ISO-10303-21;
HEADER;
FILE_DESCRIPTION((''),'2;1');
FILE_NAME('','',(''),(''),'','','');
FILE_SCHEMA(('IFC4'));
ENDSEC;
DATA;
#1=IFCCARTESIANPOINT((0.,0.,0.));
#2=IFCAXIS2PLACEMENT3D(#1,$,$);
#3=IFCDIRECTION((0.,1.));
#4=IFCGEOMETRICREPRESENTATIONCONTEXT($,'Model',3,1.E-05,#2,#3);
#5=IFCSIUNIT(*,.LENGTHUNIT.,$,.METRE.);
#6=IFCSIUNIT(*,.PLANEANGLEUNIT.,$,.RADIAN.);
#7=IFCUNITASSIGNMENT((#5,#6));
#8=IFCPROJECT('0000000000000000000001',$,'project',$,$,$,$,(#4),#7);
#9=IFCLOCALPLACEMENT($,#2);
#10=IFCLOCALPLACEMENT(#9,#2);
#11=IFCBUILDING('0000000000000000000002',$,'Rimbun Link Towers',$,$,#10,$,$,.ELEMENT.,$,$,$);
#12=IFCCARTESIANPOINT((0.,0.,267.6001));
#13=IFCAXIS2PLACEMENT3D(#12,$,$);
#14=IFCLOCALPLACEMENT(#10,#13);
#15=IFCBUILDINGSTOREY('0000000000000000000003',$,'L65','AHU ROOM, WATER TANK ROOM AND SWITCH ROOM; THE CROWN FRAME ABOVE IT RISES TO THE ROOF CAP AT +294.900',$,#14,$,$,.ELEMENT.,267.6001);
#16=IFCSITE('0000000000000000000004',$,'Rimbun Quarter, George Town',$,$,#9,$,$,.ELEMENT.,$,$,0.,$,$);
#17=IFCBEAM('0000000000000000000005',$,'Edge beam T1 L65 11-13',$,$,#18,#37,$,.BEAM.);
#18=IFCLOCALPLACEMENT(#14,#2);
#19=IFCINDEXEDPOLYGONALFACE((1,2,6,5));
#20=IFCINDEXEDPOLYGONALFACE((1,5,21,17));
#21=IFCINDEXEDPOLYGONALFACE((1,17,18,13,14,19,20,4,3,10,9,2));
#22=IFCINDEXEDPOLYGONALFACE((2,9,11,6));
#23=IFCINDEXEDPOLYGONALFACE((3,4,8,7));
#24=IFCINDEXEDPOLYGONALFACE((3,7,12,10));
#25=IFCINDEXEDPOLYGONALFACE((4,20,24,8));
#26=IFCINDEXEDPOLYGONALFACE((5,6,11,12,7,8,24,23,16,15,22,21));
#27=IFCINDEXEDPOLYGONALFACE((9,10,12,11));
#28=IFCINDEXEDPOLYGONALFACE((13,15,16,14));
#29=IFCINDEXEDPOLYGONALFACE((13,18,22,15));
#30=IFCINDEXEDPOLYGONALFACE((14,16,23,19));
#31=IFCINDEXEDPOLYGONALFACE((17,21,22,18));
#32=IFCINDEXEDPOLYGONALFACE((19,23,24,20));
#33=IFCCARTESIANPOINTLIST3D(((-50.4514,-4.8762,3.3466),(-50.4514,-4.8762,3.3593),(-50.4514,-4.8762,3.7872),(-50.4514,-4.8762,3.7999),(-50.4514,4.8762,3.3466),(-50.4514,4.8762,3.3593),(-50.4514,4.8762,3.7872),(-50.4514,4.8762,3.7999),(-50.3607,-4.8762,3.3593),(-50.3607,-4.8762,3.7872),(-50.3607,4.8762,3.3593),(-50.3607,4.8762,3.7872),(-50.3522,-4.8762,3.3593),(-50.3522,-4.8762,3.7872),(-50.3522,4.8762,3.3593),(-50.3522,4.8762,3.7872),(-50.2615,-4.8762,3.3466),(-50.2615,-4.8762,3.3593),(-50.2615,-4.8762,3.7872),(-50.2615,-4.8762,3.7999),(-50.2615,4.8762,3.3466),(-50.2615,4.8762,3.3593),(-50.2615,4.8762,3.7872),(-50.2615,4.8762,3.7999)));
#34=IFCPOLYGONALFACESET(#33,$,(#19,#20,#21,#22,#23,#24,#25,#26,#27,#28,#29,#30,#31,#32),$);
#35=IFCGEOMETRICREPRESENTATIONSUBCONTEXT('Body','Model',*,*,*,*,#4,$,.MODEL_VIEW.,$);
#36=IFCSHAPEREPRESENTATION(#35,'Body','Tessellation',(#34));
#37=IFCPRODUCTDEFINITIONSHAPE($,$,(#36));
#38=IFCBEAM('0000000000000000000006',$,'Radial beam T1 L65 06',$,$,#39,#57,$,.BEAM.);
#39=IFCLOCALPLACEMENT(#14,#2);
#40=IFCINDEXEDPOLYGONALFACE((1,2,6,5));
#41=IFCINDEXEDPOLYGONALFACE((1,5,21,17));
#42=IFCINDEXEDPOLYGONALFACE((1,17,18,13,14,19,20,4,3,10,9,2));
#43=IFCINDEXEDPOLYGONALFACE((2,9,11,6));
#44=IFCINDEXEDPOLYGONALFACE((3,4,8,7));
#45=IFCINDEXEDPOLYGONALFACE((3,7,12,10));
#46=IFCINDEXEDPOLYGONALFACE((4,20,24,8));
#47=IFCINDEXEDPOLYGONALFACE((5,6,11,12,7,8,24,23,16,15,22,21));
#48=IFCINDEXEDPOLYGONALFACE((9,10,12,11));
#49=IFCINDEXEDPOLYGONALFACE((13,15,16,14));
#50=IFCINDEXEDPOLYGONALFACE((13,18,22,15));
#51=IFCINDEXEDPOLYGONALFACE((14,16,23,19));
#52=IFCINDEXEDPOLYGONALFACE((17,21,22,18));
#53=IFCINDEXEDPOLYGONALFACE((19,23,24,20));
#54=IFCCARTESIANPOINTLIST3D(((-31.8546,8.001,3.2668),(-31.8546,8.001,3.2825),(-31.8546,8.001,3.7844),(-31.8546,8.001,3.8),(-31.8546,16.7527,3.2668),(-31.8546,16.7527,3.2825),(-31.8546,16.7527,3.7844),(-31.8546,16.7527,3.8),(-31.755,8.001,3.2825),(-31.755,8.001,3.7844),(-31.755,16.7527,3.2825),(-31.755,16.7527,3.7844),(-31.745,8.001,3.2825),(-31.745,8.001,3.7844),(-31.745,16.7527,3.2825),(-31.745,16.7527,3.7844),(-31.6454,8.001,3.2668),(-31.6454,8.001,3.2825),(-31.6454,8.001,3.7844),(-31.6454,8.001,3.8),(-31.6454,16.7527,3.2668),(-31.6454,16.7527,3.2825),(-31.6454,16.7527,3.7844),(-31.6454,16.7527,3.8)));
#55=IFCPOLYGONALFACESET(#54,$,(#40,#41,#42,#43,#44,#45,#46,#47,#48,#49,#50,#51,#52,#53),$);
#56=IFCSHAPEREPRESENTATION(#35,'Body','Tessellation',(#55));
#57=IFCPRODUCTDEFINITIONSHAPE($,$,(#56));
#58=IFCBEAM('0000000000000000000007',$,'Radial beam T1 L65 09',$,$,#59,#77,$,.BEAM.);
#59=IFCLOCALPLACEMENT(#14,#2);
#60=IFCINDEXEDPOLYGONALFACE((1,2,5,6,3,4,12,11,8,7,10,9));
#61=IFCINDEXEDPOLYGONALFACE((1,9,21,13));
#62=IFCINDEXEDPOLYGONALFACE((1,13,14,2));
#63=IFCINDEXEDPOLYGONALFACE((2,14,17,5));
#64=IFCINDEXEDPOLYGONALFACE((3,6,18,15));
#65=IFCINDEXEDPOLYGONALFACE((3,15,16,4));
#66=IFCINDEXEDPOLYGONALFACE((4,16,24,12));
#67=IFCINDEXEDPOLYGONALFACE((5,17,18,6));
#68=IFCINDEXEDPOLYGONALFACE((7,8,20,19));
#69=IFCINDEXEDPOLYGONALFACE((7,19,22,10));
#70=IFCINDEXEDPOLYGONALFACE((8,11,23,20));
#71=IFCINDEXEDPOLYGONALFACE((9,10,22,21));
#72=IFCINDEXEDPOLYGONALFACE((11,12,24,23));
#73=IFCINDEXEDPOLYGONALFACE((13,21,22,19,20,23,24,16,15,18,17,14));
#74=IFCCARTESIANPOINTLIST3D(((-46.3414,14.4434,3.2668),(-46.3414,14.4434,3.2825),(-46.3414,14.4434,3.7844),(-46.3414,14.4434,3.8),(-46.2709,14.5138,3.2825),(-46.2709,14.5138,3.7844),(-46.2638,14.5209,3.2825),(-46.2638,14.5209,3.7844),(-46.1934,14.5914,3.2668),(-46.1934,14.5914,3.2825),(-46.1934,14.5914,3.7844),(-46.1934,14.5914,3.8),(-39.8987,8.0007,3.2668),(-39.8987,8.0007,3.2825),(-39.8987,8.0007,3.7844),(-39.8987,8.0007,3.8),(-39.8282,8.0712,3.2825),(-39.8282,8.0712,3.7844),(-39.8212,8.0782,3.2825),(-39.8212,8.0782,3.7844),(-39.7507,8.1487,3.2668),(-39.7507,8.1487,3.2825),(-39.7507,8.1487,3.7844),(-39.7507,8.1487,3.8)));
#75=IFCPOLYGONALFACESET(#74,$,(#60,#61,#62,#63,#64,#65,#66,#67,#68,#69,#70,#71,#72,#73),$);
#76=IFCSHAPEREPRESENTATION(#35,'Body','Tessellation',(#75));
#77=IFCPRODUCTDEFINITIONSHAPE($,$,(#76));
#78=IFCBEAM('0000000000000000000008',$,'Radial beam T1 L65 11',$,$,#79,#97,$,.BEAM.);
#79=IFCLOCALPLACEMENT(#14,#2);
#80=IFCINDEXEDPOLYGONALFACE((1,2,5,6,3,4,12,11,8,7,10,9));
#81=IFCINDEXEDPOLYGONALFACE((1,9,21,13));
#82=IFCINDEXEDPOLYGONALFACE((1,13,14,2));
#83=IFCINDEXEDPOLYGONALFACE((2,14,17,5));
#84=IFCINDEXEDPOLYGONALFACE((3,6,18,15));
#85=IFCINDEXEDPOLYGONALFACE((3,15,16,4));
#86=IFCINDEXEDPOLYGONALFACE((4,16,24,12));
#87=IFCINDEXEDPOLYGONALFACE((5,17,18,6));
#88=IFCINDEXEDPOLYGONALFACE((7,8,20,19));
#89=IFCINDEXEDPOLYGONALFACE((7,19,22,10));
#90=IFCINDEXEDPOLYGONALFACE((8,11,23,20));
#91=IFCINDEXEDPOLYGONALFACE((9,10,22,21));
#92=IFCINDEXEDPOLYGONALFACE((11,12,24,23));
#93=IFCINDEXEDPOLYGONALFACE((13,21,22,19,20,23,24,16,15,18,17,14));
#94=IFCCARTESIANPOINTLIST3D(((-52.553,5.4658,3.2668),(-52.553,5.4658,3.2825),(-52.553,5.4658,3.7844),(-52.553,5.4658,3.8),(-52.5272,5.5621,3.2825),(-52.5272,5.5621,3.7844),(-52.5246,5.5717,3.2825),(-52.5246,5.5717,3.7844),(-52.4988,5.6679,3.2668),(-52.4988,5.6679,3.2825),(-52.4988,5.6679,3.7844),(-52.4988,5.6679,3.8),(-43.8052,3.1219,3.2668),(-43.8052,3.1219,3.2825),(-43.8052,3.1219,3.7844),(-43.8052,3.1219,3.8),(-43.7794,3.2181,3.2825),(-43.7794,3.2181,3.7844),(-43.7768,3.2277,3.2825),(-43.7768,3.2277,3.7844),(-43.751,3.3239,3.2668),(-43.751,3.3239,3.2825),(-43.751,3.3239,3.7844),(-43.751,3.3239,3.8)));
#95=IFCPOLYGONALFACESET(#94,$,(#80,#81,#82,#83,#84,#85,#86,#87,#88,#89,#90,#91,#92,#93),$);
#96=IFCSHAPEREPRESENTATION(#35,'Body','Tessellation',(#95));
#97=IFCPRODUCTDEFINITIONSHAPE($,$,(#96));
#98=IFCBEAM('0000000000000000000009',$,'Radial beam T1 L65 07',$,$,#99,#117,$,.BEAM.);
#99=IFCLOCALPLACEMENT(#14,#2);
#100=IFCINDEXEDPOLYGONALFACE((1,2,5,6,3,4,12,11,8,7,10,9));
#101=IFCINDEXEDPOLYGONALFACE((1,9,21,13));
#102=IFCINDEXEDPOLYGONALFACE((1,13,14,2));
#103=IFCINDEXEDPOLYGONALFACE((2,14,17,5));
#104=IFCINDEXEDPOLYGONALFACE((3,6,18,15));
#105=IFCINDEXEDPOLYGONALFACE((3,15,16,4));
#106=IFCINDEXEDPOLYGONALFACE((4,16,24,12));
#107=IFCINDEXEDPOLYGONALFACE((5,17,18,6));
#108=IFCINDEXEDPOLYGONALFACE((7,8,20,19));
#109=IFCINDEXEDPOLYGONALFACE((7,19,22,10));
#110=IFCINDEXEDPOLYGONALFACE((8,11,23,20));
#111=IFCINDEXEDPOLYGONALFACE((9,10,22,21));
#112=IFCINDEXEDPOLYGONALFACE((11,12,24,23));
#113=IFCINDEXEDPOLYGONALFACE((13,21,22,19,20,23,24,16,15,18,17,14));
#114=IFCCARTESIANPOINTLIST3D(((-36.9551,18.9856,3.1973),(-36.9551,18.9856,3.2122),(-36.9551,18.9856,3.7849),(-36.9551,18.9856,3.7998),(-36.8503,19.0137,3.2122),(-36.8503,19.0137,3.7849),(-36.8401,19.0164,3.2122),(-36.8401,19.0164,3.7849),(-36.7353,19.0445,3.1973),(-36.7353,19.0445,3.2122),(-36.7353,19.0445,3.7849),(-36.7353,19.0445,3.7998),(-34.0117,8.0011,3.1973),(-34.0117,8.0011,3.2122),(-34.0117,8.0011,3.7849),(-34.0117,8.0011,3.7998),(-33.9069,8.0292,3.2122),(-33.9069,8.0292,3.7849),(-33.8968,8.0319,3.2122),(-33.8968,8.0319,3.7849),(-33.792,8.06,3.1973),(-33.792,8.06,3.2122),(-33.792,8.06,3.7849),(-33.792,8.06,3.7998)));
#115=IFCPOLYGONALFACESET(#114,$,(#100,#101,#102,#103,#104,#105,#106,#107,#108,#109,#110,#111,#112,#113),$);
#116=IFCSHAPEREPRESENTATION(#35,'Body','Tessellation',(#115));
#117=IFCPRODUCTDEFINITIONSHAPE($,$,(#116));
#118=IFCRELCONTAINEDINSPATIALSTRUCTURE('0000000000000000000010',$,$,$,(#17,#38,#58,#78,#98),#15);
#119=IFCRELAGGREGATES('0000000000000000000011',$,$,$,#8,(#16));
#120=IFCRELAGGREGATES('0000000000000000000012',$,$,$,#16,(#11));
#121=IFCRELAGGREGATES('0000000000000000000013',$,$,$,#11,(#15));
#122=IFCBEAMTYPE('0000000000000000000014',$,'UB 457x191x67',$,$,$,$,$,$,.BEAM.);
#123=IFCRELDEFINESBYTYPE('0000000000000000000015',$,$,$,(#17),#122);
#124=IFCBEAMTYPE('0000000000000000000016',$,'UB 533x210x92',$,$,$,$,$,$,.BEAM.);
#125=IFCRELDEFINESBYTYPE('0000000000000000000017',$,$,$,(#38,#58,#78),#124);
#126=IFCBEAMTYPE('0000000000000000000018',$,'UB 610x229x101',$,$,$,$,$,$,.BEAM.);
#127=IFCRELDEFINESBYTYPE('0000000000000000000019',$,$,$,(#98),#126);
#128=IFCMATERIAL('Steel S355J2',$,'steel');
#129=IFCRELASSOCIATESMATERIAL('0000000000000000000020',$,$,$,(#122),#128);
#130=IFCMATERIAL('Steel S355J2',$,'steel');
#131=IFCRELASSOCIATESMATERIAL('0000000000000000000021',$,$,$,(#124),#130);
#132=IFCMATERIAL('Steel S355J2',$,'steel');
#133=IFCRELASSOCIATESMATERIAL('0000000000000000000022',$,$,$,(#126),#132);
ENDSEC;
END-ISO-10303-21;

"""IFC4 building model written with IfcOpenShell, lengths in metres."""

from ifc_helpers import new_model, si_unit, direction, frame, origin, origin_2d, place, context, subcontext, project, spatial, i_section, extrude, material, material_profile, profile_set, type_object, element, save


model = new_model("IFC4")

# Units and contexts
model_context = context("Model", 3, precision=1e-05, world=origin(), true_north=direction((0.0, 1.0)))
body_context = subcontext(model_context, "Body", "Model", "MODEL_VIEW")
ifc_project = project(units=[si_unit("LENGTHUNIT", "METRE"), si_unit("PLANEANGLEUNIT", "RADIAN")], contexts=[model_context])

# Site, building, storey
site_placement = place(None, origin())
site = spatial("IfcSite", under=ifc_project, at=site_placement, Name="Rimbun Quarter, George Town", CompositionType="ELEMENT", RefElevation=0.0)
building_placement = place(site_placement, origin())
building = spatial("IfcBuilding", under=site, at=building_placement, Name="Rimbun Link Towers", CompositionType="ELEMENT")
storey_placement = place(building_placement, frame((0.0, 0.0, 267.6001)))
storey = spatial("IfcBuildingStorey", under=building, at=storey_placement, Name="L65", Description="AHU ROOM, WATER TANK ROOM AND SWITCH ROOM; THE CROWN FRAME ABOVE IT RISES TO THE ROOF CAP AT +294.900", CompositionType="ELEMENT", Elevation=267.6001)

# Beams
ifc_material_1 = material(Name="Steel S355J2", Category="steel")
ifc_material_profile_1 = material_profile(ifc_material_1, i_section(OverallWidth=0.1899, OverallDepth=0.4534, WebThickness=0.0085, FlangeThickness=0.0127, at=origin_2d()), Name="UB 457x191x67")
ifc_profile_set_1 = profile_set([ifc_material_profile_1], Name="Steel S355J2")
beam_type_1 = type_object("IfcBeamType", Name="UB 457x191x67", PredefinedType="BEAM", material=ifc_profile_set_1)
beam_1_placement = place(storey_placement, frame((-50.3564, 4.8762, 3.5732), z_axis=(0.0, -1.0, 0.0), x_axis=(1.0, 0.0, 0.0)))
element("IfcBeam", 1, at=beam_1_placement, inside=storey, type_object=beam_type_1, Name="Edge beam T1 L65 11-13", PredefinedType="BEAM", context=body_context, shape_type="SweptSolid", body=[
    extrude(i_section(OverallWidth=0.1899, OverallDepth=0.4534, WebThickness=0.0085, FlangeThickness=0.0127, at=origin_2d()), origin(), (0.0, 0.0, 1.0), 9.7524),
])
ifc_material_2 = material(Name="Steel S355J2", Category="steel")
ifc_material_profile_2 = material_profile(ifc_material_2, i_section(OverallWidth=0.2092, OverallDepth=0.5332, WebThickness=0.01, FlangeThickness=0.0156, at=origin_2d()), Name="UB 533x210x92")
ifc_profile_set_2 = profile_set([ifc_material_profile_2], Name="Steel S355J2")
beam_type_2 = type_object("IfcBeamType", Name="UB 533x210x92", PredefinedType="BEAM", material=ifc_profile_set_2)
beam_2_placement = place(storey_placement, frame((-31.75, 8.001, 3.5334), z_axis=(0.0, 1.0, 0.0), x_axis=(-1.0, 0.0, 0.0)))
element("IfcBeam", 2, at=beam_2_placement, inside=storey, type_object=beam_type_2, Name="Radial beam T1 L65 06", PredefinedType="BEAM", context=body_context, shape_type="SweptSolid", body=[
    extrude(i_section(OverallWidth=0.2092, OverallDepth=0.5332, WebThickness=0.01, FlangeThickness=0.0156, at=origin_2d()), origin(), (0.0, 0.0, 1.0), 8.7517),
])
beam_3_placement = place(storey_placement, frame((-39.8247, 8.0747, 3.5334), z_axis=(-0.707107, 0.707107, 0.0), x_axis=(-0.707107, -0.707107, 0.0)))
element("IfcBeam", 3, at=beam_3_placement, inside=storey, type_object=beam_type_2, Name="Radial beam T1 L65 09", PredefinedType="BEAM", context=body_context, shape_type="SweptSolid", body=[
    extrude(i_section(OverallWidth=0.2092, OverallDepth=0.5332, WebThickness=0.01, FlangeThickness=0.0156, at=origin_2d()), origin(), (0.0, 0.0, 1.0), 9.1113),
])
beam_4_placement = place(storey_placement, frame((-43.7781, 3.2229, 3.5334), z_axis=(-0.965925, 0.258822, 0.0), x_axis=(-0.258822, -0.965925, 0.0)))
element("IfcBeam", 4, at=beam_4_placement, inside=storey, type_object=beam_type_2, Name="Radial beam T1 L65 11", PredefinedType="BEAM", context=body_context, shape_type="SweptSolid", body=[
    extrude(i_section(OverallWidth=0.2092, OverallDepth=0.5332, WebThickness=0.01, FlangeThickness=0.0156, at=origin_2d()), origin(), (0.0, 0.0, 1.0), 9.0564),
])
ifc_material_3 = material(Name="Steel S355J2", Category="steel")
ifc_material_profile_3 = material_profile(ifc_material_3, i_section(OverallWidth=0.2275, OverallDepth=0.6025, WebThickness=0.0105, FlangeThickness=0.0149, at=origin_2d()), Name="UB 610x229x101")
ifc_profile_set_3 = profile_set([ifc_material_profile_3], Name="Steel S355J2")
beam_type_3 = type_object("IfcBeamType", Name="UB 610x229x101", PredefinedType="BEAM", material=ifc_profile_set_3)
beam_5_placement = place(storey_placement, frame((-33.9019, 8.0305, 3.4985), z_axis=(-0.258822, 0.965925, 0.0), x_axis=(-0.965925, -0.258822, 0.0)))
element("IfcBeam", 5, at=beam_5_placement, inside=storey, type_object=beam_type_3, Name="Radial beam T1 L65 07", PredefinedType="BEAM", context=body_context, shape_type="SweptSolid", body=[
    extrude(i_section(OverallWidth=0.2275, OverallDepth=0.6025, WebThickness=0.0105, FlangeThickness=0.0149, at=origin_2d()), origin(), (0.0, 0.0, 1.0), 11.3721),
])

save(model, "model.ifc")
